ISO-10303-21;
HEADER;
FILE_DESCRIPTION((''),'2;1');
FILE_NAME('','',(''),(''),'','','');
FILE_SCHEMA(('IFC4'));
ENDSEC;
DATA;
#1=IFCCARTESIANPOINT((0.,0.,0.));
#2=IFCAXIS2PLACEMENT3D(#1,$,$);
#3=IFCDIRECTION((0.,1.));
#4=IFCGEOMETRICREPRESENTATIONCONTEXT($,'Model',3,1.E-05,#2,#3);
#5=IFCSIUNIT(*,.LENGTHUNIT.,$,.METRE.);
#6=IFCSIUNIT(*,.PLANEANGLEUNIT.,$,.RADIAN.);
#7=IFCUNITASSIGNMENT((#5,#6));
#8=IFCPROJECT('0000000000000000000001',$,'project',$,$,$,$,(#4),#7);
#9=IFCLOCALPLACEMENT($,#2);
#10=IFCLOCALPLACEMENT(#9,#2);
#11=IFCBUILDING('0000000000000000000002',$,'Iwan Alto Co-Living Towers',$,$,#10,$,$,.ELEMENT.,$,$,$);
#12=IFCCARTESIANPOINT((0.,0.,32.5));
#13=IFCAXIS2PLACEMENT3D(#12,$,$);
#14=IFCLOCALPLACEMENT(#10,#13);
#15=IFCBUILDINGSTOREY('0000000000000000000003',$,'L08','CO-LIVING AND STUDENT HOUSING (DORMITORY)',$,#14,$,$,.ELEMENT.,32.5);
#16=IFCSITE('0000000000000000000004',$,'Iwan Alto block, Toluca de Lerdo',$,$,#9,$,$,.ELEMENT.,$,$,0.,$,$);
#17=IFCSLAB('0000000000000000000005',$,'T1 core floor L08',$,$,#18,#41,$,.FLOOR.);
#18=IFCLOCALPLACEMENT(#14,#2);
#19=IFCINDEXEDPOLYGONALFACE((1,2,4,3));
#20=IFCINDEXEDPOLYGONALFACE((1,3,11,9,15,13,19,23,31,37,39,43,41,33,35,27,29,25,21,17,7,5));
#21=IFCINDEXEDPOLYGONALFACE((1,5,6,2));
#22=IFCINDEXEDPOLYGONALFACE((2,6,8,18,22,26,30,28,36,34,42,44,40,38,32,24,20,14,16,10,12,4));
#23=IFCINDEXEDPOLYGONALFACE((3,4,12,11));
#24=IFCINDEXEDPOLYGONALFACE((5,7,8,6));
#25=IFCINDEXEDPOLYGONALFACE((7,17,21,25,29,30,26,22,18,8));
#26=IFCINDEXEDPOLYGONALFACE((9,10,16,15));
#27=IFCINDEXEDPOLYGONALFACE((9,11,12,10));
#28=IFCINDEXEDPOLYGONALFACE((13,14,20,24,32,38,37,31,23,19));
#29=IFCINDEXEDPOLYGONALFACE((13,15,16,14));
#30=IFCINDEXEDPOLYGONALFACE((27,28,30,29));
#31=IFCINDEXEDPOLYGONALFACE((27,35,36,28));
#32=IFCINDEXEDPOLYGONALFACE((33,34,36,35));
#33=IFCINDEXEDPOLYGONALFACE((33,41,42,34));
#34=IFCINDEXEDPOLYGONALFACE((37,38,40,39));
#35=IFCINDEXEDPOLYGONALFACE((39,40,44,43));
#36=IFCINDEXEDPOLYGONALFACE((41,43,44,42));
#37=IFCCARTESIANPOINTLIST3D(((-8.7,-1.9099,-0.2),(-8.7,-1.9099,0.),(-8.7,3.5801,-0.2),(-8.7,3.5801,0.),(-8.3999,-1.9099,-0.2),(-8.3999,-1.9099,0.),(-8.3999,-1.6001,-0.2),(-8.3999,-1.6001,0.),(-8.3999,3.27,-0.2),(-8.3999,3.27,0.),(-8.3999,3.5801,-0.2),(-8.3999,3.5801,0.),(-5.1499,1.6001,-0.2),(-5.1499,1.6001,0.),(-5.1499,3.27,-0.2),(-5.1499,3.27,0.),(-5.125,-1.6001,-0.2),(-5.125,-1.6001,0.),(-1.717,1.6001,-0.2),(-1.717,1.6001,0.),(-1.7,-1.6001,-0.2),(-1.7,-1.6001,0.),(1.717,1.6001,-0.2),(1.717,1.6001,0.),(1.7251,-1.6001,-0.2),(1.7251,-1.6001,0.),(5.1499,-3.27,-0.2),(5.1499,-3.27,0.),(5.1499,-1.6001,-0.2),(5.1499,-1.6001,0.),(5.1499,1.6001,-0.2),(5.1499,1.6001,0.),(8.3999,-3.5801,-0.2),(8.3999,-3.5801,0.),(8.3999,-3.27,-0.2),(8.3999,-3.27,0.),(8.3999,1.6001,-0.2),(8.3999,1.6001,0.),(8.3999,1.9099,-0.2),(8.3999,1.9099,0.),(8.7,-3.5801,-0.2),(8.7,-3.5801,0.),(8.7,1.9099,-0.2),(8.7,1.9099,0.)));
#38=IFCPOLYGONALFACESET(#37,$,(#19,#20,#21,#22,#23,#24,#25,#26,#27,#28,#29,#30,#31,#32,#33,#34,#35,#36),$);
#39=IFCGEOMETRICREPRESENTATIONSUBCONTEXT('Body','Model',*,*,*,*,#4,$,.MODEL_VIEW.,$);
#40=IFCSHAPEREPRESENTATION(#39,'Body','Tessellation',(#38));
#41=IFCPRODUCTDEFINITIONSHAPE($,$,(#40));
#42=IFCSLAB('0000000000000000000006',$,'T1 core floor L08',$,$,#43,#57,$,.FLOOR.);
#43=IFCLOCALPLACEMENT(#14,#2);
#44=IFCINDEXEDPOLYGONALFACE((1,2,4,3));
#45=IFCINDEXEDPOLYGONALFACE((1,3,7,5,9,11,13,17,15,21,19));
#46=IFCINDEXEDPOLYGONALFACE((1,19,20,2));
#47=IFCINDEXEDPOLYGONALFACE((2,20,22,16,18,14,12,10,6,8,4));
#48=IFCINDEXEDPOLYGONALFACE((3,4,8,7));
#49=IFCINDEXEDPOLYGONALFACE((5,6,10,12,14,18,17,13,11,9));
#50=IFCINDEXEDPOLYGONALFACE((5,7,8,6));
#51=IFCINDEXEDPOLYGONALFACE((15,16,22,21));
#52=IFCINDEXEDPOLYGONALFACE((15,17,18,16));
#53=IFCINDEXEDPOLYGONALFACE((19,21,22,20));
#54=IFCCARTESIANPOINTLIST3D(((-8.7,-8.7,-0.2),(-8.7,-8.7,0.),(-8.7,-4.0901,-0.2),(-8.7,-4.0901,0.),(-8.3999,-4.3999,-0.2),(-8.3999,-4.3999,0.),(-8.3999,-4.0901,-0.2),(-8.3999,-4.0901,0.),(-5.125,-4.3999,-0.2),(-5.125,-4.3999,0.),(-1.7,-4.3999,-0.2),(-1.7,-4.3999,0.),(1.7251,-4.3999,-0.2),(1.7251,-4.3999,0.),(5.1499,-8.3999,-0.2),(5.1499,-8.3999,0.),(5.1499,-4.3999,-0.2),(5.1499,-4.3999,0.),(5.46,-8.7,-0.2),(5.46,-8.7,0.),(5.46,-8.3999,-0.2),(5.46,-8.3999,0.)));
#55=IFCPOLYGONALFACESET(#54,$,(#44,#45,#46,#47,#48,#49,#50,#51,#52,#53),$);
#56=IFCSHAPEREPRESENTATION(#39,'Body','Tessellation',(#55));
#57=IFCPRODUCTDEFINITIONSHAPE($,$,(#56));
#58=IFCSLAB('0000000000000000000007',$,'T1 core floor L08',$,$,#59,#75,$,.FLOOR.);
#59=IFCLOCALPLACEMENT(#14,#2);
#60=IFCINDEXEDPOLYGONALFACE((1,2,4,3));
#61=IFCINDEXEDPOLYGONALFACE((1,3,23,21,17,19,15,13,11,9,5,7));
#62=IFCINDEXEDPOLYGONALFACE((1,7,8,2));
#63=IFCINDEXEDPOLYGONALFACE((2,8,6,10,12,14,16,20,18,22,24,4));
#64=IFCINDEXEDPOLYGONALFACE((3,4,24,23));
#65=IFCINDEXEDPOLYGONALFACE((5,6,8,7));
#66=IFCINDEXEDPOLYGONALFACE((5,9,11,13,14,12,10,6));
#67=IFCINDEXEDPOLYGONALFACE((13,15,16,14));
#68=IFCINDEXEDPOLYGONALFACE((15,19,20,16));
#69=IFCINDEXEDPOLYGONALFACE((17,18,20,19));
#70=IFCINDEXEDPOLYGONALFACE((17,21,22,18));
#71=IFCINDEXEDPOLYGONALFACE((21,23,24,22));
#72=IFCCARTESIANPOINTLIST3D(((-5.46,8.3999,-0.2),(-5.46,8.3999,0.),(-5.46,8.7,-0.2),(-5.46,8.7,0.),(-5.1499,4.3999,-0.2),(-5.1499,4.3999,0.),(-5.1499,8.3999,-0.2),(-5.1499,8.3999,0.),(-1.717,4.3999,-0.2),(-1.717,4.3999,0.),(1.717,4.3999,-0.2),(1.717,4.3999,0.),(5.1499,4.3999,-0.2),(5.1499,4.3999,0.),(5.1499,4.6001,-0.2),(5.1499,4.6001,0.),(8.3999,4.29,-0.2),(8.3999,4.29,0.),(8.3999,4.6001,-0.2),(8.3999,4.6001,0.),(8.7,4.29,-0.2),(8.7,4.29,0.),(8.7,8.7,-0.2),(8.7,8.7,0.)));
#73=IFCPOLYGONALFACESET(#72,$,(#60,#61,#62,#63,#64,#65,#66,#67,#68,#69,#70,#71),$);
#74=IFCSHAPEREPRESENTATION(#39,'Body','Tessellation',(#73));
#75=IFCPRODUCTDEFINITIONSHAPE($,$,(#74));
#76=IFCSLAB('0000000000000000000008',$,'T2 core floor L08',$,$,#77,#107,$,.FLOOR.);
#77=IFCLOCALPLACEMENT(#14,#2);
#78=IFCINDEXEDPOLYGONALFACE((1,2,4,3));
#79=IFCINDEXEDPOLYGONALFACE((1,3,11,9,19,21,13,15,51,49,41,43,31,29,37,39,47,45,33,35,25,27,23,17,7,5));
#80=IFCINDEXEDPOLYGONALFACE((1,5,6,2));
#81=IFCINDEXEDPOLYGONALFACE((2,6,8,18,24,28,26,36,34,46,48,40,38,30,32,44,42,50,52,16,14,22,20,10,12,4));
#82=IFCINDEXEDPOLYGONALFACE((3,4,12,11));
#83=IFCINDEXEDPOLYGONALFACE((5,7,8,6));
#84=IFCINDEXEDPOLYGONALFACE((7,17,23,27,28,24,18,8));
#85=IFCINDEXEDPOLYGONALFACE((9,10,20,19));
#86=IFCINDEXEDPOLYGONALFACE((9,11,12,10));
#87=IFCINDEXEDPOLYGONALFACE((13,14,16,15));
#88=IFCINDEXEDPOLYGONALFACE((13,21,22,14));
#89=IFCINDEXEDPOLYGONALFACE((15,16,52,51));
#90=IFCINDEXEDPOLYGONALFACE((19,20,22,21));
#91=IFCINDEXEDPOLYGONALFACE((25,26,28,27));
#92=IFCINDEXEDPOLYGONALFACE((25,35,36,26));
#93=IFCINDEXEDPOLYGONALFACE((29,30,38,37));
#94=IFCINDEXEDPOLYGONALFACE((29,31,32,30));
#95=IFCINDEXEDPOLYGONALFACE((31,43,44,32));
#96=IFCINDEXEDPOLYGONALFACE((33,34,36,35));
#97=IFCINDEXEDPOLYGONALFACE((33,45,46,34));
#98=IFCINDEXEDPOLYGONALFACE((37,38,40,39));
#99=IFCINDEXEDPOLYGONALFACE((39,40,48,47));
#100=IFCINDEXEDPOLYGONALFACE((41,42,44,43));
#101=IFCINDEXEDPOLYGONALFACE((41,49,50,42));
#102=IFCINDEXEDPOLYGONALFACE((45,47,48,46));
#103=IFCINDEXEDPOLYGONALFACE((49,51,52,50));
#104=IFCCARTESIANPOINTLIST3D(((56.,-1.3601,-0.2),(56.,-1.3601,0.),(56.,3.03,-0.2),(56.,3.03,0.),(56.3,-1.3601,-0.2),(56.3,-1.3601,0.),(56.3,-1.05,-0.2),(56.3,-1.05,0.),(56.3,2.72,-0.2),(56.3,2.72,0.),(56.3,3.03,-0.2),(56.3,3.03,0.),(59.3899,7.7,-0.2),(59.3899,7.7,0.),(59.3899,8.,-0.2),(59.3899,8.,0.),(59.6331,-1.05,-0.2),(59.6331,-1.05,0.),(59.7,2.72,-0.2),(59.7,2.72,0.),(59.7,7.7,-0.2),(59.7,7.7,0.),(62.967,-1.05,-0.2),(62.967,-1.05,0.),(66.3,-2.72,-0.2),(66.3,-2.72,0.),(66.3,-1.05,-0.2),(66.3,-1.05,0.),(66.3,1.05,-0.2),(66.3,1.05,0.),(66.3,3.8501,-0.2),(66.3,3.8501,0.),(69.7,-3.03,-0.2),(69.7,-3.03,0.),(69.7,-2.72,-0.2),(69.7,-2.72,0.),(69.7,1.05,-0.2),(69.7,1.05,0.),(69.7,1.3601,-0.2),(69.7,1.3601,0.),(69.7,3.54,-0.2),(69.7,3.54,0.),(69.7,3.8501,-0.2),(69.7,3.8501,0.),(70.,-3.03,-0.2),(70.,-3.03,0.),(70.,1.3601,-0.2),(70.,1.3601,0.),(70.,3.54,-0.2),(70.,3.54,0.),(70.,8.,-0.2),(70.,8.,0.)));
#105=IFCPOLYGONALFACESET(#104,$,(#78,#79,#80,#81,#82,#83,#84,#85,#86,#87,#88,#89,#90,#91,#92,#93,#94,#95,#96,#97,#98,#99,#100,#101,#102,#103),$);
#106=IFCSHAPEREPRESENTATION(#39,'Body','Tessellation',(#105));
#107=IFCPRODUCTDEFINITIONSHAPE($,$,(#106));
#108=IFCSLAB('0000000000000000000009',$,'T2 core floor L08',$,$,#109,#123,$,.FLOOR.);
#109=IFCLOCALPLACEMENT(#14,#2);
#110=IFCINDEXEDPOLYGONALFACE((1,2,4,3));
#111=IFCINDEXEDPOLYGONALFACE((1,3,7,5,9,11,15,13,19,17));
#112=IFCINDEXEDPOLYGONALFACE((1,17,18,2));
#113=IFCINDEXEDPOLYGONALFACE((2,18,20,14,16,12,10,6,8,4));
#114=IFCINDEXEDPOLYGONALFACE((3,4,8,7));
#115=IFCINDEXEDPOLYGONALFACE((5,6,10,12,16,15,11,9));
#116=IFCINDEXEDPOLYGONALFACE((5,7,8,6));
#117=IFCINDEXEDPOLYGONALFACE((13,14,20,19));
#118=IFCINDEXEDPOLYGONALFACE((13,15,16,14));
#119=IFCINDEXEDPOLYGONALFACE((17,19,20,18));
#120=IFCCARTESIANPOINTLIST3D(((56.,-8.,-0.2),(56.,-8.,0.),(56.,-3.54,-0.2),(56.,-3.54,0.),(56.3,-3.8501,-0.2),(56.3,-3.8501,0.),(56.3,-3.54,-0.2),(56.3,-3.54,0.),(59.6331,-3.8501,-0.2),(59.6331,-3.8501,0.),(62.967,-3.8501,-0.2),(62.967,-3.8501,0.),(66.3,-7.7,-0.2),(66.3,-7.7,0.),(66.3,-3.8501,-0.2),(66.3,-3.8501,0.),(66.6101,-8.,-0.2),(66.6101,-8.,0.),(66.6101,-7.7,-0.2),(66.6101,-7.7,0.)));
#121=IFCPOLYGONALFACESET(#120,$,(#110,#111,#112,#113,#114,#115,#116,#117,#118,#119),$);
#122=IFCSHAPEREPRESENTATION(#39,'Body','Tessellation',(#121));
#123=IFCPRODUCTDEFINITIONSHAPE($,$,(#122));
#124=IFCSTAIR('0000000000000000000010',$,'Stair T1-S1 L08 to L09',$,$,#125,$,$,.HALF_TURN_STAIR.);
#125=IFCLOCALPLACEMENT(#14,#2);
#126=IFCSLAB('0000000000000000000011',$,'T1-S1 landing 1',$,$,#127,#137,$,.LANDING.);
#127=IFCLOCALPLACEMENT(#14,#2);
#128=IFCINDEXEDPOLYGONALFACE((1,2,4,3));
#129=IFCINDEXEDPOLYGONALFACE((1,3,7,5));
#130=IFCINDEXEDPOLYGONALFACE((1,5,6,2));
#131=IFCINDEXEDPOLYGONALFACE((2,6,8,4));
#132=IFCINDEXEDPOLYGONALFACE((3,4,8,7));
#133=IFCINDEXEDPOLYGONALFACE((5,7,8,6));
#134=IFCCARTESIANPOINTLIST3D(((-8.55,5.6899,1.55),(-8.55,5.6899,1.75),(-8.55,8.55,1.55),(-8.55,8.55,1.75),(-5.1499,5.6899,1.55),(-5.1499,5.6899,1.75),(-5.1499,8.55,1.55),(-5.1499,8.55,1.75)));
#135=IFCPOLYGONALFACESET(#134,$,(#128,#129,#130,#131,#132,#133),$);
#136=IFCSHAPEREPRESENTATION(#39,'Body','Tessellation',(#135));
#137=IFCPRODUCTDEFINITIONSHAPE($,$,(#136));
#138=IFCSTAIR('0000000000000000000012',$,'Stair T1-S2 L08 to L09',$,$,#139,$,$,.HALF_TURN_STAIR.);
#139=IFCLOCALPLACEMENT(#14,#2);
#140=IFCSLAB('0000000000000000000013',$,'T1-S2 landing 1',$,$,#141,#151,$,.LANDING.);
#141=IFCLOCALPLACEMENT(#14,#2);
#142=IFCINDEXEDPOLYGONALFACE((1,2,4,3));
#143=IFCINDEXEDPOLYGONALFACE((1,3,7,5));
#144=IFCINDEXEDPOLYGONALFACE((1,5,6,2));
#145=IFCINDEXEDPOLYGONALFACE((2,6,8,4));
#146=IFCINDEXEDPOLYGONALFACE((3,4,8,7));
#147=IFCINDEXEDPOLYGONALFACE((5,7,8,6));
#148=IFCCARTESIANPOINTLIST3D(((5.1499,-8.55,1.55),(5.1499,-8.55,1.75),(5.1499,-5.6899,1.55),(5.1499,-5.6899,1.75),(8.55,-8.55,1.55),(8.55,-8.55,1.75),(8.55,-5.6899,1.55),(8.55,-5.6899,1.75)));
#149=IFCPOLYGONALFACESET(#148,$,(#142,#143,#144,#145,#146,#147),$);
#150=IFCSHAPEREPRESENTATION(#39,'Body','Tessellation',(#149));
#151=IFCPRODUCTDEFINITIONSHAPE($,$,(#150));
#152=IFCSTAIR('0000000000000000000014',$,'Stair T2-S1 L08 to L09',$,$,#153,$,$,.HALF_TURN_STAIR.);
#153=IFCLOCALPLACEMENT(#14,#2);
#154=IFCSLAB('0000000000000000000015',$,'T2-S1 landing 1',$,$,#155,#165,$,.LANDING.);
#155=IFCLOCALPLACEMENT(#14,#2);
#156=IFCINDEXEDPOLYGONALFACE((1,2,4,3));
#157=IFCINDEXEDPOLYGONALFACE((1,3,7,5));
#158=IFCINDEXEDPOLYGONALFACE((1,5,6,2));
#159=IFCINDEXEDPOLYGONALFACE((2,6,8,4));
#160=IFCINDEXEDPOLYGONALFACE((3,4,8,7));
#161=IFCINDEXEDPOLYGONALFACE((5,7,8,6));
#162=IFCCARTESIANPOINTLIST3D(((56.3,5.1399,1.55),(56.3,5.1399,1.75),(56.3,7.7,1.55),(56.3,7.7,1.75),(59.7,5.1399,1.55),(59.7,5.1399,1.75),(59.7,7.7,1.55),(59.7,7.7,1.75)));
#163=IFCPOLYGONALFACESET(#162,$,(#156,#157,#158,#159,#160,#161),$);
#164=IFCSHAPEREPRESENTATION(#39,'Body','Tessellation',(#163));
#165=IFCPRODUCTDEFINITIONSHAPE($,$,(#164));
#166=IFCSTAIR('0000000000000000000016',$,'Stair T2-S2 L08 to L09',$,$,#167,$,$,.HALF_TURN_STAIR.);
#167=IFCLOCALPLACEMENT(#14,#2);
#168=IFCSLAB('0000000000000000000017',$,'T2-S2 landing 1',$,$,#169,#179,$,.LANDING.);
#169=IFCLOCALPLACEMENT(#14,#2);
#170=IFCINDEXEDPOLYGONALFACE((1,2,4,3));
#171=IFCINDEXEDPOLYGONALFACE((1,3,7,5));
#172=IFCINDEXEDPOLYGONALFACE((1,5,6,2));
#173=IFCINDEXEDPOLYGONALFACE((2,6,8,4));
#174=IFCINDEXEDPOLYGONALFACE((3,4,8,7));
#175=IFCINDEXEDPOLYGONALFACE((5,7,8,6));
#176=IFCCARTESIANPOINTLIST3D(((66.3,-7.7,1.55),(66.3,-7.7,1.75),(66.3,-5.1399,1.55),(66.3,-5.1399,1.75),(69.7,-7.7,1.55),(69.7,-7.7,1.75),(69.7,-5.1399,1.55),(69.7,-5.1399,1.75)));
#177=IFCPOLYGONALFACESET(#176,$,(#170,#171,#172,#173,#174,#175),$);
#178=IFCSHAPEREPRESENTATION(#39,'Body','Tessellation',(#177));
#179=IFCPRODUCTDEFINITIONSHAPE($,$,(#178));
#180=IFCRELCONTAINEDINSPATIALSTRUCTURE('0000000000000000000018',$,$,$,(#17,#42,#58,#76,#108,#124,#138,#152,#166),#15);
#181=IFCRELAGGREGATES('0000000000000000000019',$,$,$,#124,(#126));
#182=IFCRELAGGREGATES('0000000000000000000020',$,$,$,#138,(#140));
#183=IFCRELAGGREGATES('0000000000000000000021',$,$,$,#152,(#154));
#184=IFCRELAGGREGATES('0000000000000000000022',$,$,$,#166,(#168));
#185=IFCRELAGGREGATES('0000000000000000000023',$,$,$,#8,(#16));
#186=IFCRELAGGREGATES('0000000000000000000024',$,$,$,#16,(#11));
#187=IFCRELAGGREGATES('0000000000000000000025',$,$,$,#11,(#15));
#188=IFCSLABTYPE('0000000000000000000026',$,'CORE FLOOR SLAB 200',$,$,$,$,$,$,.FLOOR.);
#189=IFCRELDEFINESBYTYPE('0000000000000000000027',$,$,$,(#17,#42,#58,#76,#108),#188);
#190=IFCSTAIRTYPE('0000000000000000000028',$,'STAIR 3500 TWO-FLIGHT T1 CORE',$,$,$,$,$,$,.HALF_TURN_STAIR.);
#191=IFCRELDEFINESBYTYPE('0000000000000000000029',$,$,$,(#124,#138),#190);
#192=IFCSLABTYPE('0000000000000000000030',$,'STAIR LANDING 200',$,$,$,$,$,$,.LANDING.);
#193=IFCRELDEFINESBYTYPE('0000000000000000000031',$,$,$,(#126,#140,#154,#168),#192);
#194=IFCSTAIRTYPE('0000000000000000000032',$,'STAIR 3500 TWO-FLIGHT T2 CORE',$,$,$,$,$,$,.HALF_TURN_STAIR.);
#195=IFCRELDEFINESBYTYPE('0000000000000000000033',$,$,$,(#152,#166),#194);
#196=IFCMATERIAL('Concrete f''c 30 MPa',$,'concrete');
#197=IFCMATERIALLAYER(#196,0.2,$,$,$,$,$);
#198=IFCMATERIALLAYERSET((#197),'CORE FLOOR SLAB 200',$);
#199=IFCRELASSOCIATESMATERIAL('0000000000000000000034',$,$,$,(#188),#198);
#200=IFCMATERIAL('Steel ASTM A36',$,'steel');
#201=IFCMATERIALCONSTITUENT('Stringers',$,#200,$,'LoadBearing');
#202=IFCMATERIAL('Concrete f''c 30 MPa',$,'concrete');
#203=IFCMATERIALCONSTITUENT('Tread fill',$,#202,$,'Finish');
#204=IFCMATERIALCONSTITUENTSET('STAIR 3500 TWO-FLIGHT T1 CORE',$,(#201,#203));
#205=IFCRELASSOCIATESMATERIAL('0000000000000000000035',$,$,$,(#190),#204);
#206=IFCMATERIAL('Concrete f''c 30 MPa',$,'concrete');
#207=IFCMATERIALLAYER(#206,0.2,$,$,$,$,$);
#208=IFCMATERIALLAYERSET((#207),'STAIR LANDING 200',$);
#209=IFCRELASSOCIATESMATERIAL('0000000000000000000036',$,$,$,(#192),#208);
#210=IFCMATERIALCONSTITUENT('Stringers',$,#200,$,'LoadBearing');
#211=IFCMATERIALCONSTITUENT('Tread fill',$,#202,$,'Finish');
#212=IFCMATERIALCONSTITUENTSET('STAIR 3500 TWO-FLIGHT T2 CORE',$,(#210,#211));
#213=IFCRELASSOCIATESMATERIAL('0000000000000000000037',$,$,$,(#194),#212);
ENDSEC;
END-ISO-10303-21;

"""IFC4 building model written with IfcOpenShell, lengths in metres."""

from ifc_helpers import new_model, si_unit, direction, frame, origin, place, context, subcontext, project, spatial, polyline, outline, extrude, material, layer, layer_set, constituent, constituent_set, type_object, element, aggregate, save


model = new_model("IFC4")

# Units and contexts
model_context = context("Model", 3, precision=1e-05, world=origin(), true_north=direction((0.0, 1.0)))
body_context = subcontext(model_context, "Body", "Model", "MODEL_VIEW")
ifc_project = project(units=[si_unit("LENGTHUNIT", "METRE"), si_unit("PLANEANGLEUNIT", "RADIAN")], contexts=[model_context])

# Site, building, storey
site_placement = place(None, origin())
site = spatial("IfcSite", under=ifc_project, at=site_placement, Name="Iwan Alto block, Toluca de Lerdo", CompositionType="ELEMENT", RefElevation=0.0)
building_placement = place(site_placement, origin())
building = spatial("IfcBuilding", under=site, at=building_placement, Name="Iwan Alto Co-Living Towers", CompositionType="ELEMENT")
storey_placement = place(building_placement, frame((0.0, 0.0, 32.5)))
storey = spatial("IfcBuildingStorey", under=building, at=storey_placement, Name="L08", Description="CO-LIVING AND STUDENT HOUSING (DORMITORY)", CompositionType="ELEMENT", Elevation=32.5)

# Slabs
ifc_material_1 = material(Name="Concrete f'c 30 MPa", Category="concrete")
ifc_layer_1 = layer(ifc_material_1, 0.2)
ifc_layer_set_1 = layer_set([ifc_layer_1], Name="CORE FLOOR SLAB 200")
slab_type_1 = type_object("IfcSlabType", Name="CORE FLOOR SLAB 200", PredefinedType="FLOOR", material=ifc_layer_set_1)
slab_1_placement = place(storey_placement, frame((0.0, 0.0, -0.2)))
element("IfcSlab", 1, at=slab_1_placement, inside=storey, type_object=slab_type_1, Name="T1 core floor L08", PredefinedType="FLOOR", context=body_context, shape_type="SweptSolid", body=[
    extrude(outline(polyline([(8.7, -3.5801), (8.3999, -3.5801), (8.3999, -3.27), (5.1499, -3.27), (5.1499, -1.6001), (1.7251, -1.6001), (-1.7, -1.6001), (-5.125, -1.6001), (-8.3999, -1.6001), (-8.3999, -1.9099), (-8.7, -1.9099), (-8.7, 3.5801), (-8.3999, 3.5801), (-8.3999, 3.27), (-5.1499, 3.27), (-5.1499, 1.6001), (-1.717, 1.6001), (1.717, 1.6001), (5.1499, 1.6001), (8.3999, 1.6001), (8.3999, 1.9099), (8.7, 1.9099), (8.7, -3.5801)])), origin(), (0.0, 0.0, 1.0), 0.2),
])
slab_2_placement = place(storey_placement, frame((0.0, 0.0, -0.2)))
element("IfcSlab", 2, at=slab_2_placement, inside=storey, type_object=slab_type_1, Name="T1 core floor L08", PredefinedType="FLOOR", context=body_context, shape_type="SweptSolid", body=[
    extrude(outline(polyline([(-1.7, -4.3999), (1.7251, -4.3999), (5.1499, -4.3999), (5.1499, -8.3999), (5.46, -8.3999), (5.46, -8.7), (-8.7, -8.7), (-8.7, -4.0901), (-8.3999, -4.0901), (-8.3999, -4.3999), (-5.125, -4.3999), (-1.7, -4.3999)])), origin(), (0.0, 0.0, 1.0), 0.2),
])
slab_3_placement = place(storey_placement, frame((0.0, 0.0, -0.2)))
element("IfcSlab", 3, at=slab_3_placement, inside=storey, type_object=slab_type_1, Name="T1 core floor L08", PredefinedType="FLOOR", context=body_context, shape_type="SweptSolid", body=[
    extrude(outline(polyline([(1.717, 4.3999), (-1.717, 4.3999), (-5.1499, 4.3999), (-5.1499, 8.3999), (-5.46, 8.3999), (-5.46, 8.7), (8.7, 8.7), (8.7, 4.29), (8.3999, 4.29), (8.3999, 4.6001), (5.1499, 4.6001), (5.1499, 4.3999), (1.717, 4.3999)])), origin(), (0.0, 0.0, 1.0), 0.2),
])
slab_4_placement = place(storey_placement, frame((0.0, 0.0, -0.2)))
element("IfcSlab", 4, at=slab_4_placement, inside=storey, type_object=slab_type_1, Name="T2 core floor L08", PredefinedType="FLOOR", context=body_context, shape_type="SweptSolid", body=[
    extrude(outline(polyline([(70.0, -3.03), (69.7, -3.03), (69.7, -2.72), (66.3, -2.72), (66.3, -1.05), (62.967, -1.05), (59.6331, -1.05), (56.3, -1.05), (56.3, -1.3601), (56.0, -1.3601), (56.0, 3.03), (56.3, 3.03), (56.3, 2.72), (59.7, 2.72), (59.7, 7.7), (59.3899, 7.7), (59.3899, 8.0), (70.0, 8.0), (70.0, 3.54), (69.7, 3.54), (69.7, 3.8501), (66.3, 3.8501), (66.3, 1.05), (69.7, 1.05), (69.7, 1.3601), (70.0, 1.3601), (70.0, -3.03)])), origin(), (0.0, 0.0, 1.0), 0.2),
])
slab_5_placement = place(storey_placement, frame((0.0, 0.0, -0.2)))
element("IfcSlab", 5, at=slab_5_placement, inside=storey, type_object=slab_type_1, Name="T2 core floor L08", PredefinedType="FLOOR", context=body_context, shape_type="SweptSolid", body=[
    extrude(outline(polyline([(62.967, -3.8501), (66.3, -3.8501), (66.3, -7.7), (66.6101, -7.7), (66.6101, -8.0), (56.0, -8.0), (56.0, -3.54), (56.3, -3.54), (56.3, -3.8501), (59.6331, -3.8501), (62.967, -3.8501)])), origin(), (0.0, 0.0, 1.0), 0.2),
])

# Stairs, slabs
ifc_material_2 = material(Name="Steel ASTM A36", Category="steel")
ifc_constituent_1 = constituent(ifc_material_2, Name="Stringers", Category="LoadBearing")
ifc_material_3 = material(Name="Concrete f'c 30 MPa", Category="concrete")
ifc_constituent_2 = constituent(ifc_material_3, Name="Tread fill", Category="Finish")
ifc_constituent_set_1 = constituent_set(constituents=[ifc_constituent_1, ifc_constituent_2], Name="STAIR 3500 TWO-FLIGHT T1 CORE")
stair_type_1 = type_object("IfcStairType", Name="STAIR 3500 TWO-FLIGHT T1 CORE", PredefinedType="HALF_TURN_STAIR", material=ifc_constituent_set_1)
stair_1_placement = place(storey_placement, origin())
stair_1 = element("IfcStair", 6, at=stair_1_placement, inside=storey, type_object=stair_type_1, Name="Stair T1-S1 L08 to L09", PredefinedType="HALF_TURN_STAIR")
ifc_material_4 = material(Name="Concrete f'c 30 MPa", Category="concrete")
ifc_layer_2 = layer(ifc_material_4, 0.2)
ifc_layer_set_2 = layer_set([ifc_layer_2], Name="STAIR LANDING 200")
slab_type_2 = type_object("IfcSlabType", Name="STAIR LANDING 200", PredefinedType="LANDING", material=ifc_layer_set_2)
slab_6_placement = place(storey_placement, frame((0.0, 0.0, 1.55)))
slab_6 = element("IfcSlab", 7, at=slab_6_placement, type_object=slab_type_2, Name="T1-S1 landing 1", PredefinedType="LANDING", context=body_context, shape_type="SweptSolid", body=[
    extrude(outline(polyline([(-8.55, 5.6899), (-8.55, 8.55), (-5.1499, 8.55), (-5.1499, 5.6899), (-8.55, 5.6899)])), origin(), (0.0, 0.0, 1.0), 0.2),
])
aggregate(stair_1, [slab_6])
stair_2_placement = place(storey_placement, origin())
stair_2 = element("IfcStair", 8, at=stair_2_placement, inside=storey, type_object=stair_type_1, Name="Stair T1-S2 L08 to L09", PredefinedType="HALF_TURN_STAIR")
slab_7_placement = place(storey_placement, frame((0.0, 0.0, 1.55)))
slab_7 = element("IfcSlab", 9, at=slab_7_placement, type_object=slab_type_2, Name="T1-S2 landing 1", PredefinedType="LANDING", context=body_context, shape_type="SweptSolid", body=[
    extrude(outline(polyline([(5.1499, -5.6899), (5.1499, -8.55), (8.55, -8.55), (8.55, -5.6899), (5.1499, -5.6899)])), origin(), (0.0, 0.0, 1.0), 0.2),
])
aggregate(stair_2, [slab_7])
ifc_constituent_3 = constituent(ifc_material_2, Name="Stringers", Category="LoadBearing")
ifc_constituent_4 = constituent(ifc_material_3, Name="Tread fill", Category="Finish")
ifc_constituent_set_2 = constituent_set(constituents=[ifc_constituent_3, ifc_constituent_4], Name="STAIR 3500 TWO-FLIGHT T2 CORE")
stair_type_2 = type_object("IfcStairType", Name="STAIR 3500 TWO-FLIGHT T2 CORE", PredefinedType="HALF_TURN_STAIR", material=ifc_constituent_set_2)
stair_3_placement = place(storey_placement, origin())
stair_3 = element("IfcStair", 10, at=stair_3_placement, inside=storey, type_object=stair_type_2, Name="Stair T2-S1 L08 to L09", PredefinedType="HALF_TURN_STAIR")
slab_8_placement = place(storey_placement, frame((0.0, 0.0, 1.55)))
slab_8 = element("IfcSlab", 11, at=slab_8_placement, type_object=slab_type_2, Name="T2-S1 landing 1", PredefinedType="LANDING", context=body_context, shape_type="SweptSolid", body=[
    extrude(outline(polyline([(56.3, 5.1399), (56.3, 7.7), (59.7, 7.7), (59.7, 5.1399), (56.3, 5.1399)])), origin(), (0.0, 0.0, 1.0), 0.2),
])
aggregate(stair_3, [slab_8])
stair_4_placement = place(storey_placement, origin())
stair_4 = element("IfcStair", 12, at=stair_4_placement, inside=storey, type_object=stair_type_2, Name="Stair T2-S2 L08 to L09", PredefinedType="HALF_TURN_STAIR")
slab_9_placement = place(storey_placement, frame((0.0, 0.0, 1.55)))
slab_9 = element("IfcSlab", 13, at=slab_9_placement, type_object=slab_type_2, Name="T2-S2 landing 1", PredefinedType="LANDING", context=body_context, shape_type="SweptSolid", body=[
    extrude(outline(polyline([(66.3, -5.1399), (66.3, -7.7), (69.7, -7.7), (69.7, -5.1399), (66.3, -5.1399)])), origin(), (0.0, 0.0, 1.0), 0.2),
])
aggregate(stair_4, [slab_9])

save(model, "model.ifc")
